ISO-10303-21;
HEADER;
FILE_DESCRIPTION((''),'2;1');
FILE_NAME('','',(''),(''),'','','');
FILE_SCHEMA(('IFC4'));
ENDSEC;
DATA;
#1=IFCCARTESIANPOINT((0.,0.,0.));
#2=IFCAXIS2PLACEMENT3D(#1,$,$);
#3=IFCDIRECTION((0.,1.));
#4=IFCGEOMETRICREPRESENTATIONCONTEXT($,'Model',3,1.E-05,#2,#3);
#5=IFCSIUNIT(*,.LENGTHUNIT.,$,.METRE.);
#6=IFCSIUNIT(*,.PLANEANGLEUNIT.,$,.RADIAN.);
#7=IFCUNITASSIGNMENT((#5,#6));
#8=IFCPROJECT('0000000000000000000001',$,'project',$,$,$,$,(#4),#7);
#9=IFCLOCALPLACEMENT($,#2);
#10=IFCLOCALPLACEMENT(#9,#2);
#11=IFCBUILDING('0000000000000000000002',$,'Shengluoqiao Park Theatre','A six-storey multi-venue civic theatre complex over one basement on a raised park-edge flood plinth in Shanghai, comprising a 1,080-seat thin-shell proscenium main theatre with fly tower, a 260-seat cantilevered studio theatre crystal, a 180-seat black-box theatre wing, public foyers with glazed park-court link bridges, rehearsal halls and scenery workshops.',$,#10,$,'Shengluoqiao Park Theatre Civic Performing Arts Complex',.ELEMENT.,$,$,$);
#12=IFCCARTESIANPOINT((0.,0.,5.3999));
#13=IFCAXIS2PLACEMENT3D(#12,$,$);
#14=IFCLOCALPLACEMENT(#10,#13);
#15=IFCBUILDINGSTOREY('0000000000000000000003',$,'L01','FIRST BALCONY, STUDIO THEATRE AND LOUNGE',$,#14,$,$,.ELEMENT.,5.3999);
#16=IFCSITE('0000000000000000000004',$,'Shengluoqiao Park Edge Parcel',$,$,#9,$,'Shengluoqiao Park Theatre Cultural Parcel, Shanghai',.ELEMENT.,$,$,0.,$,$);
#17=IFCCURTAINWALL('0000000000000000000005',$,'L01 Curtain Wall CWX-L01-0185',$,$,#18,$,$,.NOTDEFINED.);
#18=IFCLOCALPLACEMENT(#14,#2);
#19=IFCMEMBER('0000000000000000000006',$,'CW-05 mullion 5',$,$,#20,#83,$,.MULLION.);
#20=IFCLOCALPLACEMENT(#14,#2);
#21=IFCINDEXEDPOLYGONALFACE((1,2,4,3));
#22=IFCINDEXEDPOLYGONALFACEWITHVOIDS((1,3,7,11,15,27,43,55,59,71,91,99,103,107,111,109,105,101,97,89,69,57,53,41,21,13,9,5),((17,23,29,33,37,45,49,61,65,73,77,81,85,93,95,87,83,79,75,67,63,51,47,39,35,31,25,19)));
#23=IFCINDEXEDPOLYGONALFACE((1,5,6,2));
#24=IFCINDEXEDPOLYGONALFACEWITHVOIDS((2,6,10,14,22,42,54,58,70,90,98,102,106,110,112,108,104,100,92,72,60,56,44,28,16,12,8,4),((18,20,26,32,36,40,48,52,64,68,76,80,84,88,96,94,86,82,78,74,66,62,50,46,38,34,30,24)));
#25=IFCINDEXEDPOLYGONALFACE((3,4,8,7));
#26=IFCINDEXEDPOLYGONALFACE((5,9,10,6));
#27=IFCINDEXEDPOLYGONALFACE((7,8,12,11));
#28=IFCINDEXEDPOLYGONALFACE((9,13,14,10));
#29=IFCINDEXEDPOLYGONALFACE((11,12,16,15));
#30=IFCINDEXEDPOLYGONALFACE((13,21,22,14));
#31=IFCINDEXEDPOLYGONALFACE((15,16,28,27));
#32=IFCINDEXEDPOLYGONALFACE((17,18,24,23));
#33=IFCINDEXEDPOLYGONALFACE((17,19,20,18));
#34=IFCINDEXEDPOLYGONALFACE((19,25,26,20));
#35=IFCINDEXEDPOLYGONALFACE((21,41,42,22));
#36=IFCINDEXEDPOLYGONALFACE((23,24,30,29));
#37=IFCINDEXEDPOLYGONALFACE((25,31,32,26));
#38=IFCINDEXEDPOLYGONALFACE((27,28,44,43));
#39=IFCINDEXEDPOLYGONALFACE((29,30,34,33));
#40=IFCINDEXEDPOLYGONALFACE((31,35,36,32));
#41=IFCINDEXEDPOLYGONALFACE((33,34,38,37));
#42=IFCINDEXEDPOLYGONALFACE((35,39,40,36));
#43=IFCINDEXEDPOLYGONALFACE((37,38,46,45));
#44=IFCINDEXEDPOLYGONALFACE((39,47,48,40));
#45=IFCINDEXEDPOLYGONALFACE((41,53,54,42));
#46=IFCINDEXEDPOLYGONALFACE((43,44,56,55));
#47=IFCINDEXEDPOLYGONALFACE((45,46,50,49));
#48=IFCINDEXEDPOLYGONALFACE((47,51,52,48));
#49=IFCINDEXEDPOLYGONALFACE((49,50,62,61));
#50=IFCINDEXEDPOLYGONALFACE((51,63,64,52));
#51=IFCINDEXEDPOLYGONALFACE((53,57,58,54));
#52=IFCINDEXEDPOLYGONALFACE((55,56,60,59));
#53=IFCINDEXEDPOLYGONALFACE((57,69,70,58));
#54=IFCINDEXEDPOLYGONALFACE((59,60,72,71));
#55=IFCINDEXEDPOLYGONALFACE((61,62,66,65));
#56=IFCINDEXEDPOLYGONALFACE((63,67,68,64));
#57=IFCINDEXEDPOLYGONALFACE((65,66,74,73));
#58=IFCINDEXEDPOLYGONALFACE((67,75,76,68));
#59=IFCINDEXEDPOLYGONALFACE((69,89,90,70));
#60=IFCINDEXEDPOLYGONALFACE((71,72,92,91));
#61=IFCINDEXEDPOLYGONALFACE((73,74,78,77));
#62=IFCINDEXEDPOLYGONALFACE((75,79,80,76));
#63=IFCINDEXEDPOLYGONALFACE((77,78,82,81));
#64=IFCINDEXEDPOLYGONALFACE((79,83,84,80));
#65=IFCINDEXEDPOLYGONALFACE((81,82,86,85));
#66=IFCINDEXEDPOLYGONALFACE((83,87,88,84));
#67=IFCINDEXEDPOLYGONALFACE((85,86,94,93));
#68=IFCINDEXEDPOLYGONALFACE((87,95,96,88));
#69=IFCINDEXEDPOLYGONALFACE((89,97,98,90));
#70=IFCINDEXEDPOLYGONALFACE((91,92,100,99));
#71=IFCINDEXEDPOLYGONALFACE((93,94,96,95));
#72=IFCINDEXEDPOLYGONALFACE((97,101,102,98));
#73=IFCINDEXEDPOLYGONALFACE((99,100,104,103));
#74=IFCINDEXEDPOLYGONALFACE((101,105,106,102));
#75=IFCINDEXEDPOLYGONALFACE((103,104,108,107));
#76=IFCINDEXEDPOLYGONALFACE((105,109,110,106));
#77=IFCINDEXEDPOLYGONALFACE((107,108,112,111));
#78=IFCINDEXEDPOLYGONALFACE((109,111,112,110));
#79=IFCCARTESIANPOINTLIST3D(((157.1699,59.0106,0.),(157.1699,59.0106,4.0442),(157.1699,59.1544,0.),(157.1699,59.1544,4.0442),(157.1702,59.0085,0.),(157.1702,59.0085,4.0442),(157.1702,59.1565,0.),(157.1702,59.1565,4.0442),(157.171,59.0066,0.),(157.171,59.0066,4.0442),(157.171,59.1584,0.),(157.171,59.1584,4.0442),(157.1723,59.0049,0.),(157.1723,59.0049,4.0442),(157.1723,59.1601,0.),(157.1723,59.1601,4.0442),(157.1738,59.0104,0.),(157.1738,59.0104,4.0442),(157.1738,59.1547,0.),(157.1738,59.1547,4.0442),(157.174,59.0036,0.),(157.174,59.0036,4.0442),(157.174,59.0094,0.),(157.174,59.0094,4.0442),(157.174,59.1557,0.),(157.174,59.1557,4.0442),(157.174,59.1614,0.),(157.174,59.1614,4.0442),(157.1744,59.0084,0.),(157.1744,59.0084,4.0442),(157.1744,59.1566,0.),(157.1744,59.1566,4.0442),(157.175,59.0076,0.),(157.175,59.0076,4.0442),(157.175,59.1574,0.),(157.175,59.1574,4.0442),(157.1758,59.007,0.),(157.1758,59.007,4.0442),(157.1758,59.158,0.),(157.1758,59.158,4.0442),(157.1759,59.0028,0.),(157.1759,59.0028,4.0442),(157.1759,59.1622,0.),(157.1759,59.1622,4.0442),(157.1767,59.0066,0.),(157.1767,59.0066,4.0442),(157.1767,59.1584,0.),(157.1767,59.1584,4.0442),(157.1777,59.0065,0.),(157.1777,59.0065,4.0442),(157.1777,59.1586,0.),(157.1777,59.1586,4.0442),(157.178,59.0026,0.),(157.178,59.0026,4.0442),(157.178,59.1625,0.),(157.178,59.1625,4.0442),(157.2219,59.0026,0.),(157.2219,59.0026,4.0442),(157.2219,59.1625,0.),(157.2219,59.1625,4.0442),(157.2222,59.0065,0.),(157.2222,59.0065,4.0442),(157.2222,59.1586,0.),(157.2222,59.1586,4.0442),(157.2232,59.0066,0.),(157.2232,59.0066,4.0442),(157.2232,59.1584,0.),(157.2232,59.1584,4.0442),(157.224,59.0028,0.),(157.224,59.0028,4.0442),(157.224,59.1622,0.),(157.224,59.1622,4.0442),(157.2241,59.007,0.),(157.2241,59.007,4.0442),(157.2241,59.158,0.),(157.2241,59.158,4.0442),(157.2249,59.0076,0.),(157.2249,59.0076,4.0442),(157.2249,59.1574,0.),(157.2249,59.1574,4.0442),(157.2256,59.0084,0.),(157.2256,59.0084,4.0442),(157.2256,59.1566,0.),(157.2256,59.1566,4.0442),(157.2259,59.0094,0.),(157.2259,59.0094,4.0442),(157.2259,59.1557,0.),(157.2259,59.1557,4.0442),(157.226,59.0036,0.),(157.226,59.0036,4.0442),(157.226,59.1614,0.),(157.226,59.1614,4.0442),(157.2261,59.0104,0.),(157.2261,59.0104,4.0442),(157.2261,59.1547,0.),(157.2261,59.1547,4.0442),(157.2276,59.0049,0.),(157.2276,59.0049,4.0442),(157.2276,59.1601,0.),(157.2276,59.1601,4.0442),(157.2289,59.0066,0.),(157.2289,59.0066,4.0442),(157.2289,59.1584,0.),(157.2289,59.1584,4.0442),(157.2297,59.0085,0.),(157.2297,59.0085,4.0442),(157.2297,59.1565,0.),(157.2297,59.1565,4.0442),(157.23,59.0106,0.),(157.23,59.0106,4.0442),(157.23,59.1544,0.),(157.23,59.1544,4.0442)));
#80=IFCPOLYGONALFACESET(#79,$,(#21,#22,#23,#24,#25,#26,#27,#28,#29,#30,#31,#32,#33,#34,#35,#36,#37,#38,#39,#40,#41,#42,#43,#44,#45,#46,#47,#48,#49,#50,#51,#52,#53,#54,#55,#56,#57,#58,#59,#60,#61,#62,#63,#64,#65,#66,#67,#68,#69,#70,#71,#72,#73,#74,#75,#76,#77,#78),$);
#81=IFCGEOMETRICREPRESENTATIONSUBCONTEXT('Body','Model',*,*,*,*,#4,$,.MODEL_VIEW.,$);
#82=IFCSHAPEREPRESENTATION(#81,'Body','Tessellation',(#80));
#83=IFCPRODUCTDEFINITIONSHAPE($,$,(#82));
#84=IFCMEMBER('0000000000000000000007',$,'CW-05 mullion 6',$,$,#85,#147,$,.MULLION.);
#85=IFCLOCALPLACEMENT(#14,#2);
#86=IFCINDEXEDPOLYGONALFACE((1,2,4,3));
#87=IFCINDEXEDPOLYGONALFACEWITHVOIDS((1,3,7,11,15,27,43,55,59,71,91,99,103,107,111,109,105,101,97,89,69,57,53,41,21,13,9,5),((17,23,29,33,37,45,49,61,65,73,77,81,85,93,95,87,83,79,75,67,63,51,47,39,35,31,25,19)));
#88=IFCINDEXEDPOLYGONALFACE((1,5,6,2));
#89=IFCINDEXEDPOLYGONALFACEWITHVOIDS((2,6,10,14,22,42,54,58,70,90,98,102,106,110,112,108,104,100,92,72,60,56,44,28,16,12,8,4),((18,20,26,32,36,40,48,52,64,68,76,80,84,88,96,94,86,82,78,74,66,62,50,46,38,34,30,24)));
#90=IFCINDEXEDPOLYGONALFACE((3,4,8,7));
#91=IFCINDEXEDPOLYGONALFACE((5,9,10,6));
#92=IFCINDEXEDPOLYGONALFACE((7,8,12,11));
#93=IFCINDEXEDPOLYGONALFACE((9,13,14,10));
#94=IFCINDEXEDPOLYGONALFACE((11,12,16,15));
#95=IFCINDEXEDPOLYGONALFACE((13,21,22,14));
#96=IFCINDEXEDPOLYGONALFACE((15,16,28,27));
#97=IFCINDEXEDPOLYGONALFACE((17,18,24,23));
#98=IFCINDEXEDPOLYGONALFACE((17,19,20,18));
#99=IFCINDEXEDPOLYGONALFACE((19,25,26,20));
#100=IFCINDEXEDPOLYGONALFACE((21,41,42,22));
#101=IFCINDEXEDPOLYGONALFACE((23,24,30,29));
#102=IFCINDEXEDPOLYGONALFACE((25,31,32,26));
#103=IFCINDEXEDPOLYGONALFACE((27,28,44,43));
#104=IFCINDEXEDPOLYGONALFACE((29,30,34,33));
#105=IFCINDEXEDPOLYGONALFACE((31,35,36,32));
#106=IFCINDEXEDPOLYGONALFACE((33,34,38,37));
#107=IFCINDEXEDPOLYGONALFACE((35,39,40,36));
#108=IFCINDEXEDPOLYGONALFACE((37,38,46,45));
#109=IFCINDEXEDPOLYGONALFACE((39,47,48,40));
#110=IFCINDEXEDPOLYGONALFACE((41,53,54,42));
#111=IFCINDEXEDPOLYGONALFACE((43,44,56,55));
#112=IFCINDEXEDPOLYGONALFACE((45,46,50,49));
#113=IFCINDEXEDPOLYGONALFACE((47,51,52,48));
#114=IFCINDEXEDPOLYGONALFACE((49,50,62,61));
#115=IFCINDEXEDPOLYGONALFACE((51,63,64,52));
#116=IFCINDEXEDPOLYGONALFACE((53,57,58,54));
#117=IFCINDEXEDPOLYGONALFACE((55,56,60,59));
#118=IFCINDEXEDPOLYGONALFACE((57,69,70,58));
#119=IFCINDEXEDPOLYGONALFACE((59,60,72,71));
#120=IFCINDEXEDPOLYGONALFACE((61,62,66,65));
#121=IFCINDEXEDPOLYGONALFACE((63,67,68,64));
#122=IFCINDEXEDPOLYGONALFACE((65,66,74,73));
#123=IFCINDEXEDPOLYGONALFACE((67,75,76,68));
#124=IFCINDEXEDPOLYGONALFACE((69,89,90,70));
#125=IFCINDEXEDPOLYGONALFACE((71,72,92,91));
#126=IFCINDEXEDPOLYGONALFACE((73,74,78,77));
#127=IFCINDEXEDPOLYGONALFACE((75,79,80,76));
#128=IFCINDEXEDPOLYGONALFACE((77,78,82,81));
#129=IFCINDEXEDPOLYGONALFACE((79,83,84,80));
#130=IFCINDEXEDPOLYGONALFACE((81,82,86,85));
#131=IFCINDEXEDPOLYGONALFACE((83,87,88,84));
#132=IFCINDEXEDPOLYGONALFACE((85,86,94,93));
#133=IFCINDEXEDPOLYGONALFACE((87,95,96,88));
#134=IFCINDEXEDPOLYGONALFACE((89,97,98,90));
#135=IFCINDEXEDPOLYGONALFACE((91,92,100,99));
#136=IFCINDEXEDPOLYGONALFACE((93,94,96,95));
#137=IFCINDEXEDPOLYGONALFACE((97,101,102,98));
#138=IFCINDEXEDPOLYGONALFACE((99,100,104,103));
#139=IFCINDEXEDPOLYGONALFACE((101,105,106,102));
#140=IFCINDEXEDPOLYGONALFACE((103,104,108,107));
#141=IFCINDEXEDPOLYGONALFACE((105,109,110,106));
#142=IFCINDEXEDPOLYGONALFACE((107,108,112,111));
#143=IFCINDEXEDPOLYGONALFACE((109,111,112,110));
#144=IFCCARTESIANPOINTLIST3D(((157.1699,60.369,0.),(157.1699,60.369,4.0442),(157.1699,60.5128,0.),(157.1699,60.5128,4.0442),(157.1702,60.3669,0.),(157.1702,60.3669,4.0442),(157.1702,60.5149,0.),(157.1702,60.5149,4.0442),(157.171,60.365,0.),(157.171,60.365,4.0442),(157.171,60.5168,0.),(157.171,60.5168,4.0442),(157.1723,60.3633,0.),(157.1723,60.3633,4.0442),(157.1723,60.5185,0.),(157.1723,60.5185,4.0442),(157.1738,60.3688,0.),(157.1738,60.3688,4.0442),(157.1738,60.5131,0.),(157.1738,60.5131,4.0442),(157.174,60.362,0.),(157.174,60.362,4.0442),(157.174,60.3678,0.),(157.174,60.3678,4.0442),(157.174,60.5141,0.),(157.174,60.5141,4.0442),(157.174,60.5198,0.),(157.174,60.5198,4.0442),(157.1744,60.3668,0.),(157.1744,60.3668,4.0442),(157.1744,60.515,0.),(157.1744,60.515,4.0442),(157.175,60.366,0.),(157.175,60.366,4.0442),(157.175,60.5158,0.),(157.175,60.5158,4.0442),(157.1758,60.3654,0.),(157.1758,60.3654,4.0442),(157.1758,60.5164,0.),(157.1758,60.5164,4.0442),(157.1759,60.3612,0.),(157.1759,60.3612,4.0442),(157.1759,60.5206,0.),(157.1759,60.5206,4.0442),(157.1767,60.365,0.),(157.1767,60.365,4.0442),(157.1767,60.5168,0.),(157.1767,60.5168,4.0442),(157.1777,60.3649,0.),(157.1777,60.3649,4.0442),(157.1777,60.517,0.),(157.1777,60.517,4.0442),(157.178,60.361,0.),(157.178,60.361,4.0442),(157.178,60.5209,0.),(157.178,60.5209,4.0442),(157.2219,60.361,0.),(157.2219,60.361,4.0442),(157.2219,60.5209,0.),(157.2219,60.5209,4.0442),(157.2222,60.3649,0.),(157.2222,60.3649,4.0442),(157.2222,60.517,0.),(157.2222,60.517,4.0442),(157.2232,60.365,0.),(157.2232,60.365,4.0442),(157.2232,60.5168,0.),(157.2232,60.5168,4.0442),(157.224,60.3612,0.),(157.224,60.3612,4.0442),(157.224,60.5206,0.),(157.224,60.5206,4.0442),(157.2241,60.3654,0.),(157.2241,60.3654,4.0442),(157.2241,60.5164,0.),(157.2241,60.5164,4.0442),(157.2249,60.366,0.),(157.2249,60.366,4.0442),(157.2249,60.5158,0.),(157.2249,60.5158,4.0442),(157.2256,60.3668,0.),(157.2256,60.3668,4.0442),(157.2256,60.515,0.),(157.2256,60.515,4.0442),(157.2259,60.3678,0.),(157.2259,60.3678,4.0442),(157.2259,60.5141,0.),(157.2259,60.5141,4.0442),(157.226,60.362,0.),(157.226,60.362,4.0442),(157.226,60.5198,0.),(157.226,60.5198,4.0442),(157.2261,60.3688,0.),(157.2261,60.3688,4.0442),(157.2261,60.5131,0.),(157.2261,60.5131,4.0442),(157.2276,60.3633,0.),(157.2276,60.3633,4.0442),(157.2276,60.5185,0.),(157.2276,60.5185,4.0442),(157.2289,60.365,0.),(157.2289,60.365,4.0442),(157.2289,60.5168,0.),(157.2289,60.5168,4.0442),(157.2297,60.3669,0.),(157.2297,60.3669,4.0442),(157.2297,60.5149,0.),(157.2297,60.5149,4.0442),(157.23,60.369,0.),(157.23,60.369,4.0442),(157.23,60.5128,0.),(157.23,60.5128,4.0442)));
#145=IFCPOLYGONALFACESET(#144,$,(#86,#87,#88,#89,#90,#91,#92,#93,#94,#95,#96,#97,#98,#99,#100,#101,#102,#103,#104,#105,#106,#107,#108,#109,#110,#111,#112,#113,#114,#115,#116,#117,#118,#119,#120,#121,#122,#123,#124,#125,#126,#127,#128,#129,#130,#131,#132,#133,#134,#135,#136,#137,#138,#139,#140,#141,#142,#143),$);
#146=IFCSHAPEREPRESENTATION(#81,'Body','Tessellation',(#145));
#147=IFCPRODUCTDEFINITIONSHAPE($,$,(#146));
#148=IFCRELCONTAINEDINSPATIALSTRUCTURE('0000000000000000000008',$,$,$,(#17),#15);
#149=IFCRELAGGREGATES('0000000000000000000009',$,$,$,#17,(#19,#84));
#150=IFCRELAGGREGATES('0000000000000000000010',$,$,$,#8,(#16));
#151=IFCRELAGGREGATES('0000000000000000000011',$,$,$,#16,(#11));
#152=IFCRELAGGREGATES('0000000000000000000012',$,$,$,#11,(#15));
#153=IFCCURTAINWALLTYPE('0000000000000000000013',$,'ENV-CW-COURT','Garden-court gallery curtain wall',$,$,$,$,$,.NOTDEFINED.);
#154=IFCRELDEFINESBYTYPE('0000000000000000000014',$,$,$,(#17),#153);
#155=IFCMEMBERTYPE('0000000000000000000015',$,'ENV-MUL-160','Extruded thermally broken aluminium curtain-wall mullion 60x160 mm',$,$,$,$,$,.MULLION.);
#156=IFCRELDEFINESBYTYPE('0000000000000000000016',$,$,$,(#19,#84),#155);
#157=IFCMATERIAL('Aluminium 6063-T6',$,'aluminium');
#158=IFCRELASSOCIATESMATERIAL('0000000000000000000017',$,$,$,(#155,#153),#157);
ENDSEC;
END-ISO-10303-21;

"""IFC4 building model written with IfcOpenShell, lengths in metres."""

from ifc_helpers import new_model, si_unit, direction, frame, origin, origin_2d, place, context, subcontext, project, spatial, hollow_rectangle, extrude, material, material_profile, profile_set, type_object, element, aggregate, save


model = new_model("IFC4")

# Units and contexts
model_context = context("Model", 3, precision=1e-05, world=origin(), true_north=direction((0.0, 1.0)))
body_context = subcontext(model_context, "Body", "Model", "MODEL_VIEW")
ifc_project = project(units=[si_unit("LENGTHUNIT", "METRE"), si_unit("PLANEANGLEUNIT", "RADIAN")], contexts=[model_context])

# Site, building, storey
site_placement = place(None, origin())
site = spatial("IfcSite", under=ifc_project, at=site_placement, Name="Shengluoqiao Park Edge Parcel", LongName="Shengluoqiao Park Theatre Cultural Parcel, Shanghai", CompositionType="ELEMENT", RefElevation=0.0)
building_placement = place(site_placement, origin())
building = spatial("IfcBuilding", under=site, at=building_placement, Name="Shengluoqiao Park Theatre", Description="A six-storey multi-venue civic theatre complex over one basement on a raised park-edge flood plinth in Shanghai, comprising a 1,080-seat thin-shell proscenium main theatre with fly tower, a 260-seat cantilevered studio theatre crystal, a 180-seat black-box theatre wing, public foyers with glazed park-court link bridges, rehearsal halls and scenery workshops.", LongName="Shengluoqiao Park Theatre Civic Performing Arts Complex", CompositionType="ELEMENT")
storey_placement = place(building_placement, frame((0.0, 0.0, 5.3999)))
storey = spatial("IfcBuildingStorey", under=building, at=storey_placement, Name="L01", Description="FIRST BALCONY, STUDIO THEATRE AND LOUNGE", CompositionType="ELEMENT", Elevation=5.3999)

# Shared definitions
ifc_material_1 = material(Name="Aluminium 6063-T6", Category="aluminium")
ifc_material_profile_1 = material_profile(ifc_material_1, hollow_rectangle(XDim=0.0601, YDim=0.1599, WallThickness=0.0039, InnerFilletRadius=0.0039, OuterFilletRadius=0.0081, at=origin_2d()), Name="ALU MULLION 160x60x4")
ifc_profile_set_1 = profile_set([ifc_material_profile_1], Name="Aluminium 6063-T6")
member_type_1 = type_object("IfcMemberType", Name="ENV-MUL-160", Description="Extruded thermally broken aluminium curtain-wall mullion 60x160 mm", PredefinedType="MULLION", material=ifc_profile_set_1)

# Curtain wall, members
curtain_wall_type_1 = type_object("IfcCurtainWallType", Name="ENV-CW-COURT", Description="Garden-court gallery curtain wall", PredefinedType="NOTDEFINED", material=ifc_material_1)
curtain_wall_1_placement = place(storey_placement, origin())
curtain_wall_1 = element("IfcCurtainWall", 1, at=curtain_wall_1_placement, inside=storey, type_object=curtain_wall_type_1, Name="L01 Curtain Wall CWX-L01-0185", PredefinedType="NOTDEFINED")
member_1_placement = place(storey_placement, frame((157.2, 59.0825, 0.0), z_axis=(0.0, 0.0, 1.0), x_axis=(-1.0, 0.0, 0.0)))
member_1 = element("IfcMember", 2, at=member_1_placement, type_object=member_type_1, Name="CW-05 mullion 5", PredefinedType="MULLION", context=body_context, shape_type="SweptSolid", body=[
    extrude(hollow_rectangle(XDim=0.0601, YDim=0.1599, WallThickness=0.0039, InnerFilletRadius=0.0039, OuterFilletRadius=0.0081, at=origin_2d()), origin(), (0.0, 0.0, 1.0), 4.0442),
])
member_2_placement = place(storey_placement, frame((157.2, 60.4409, 0.0), z_axis=(0.0, 0.0, 1.0), x_axis=(-1.0, 0.0, 0.0)))
member_2 = element("IfcMember", 3, at=member_2_placement, type_object=member_type_1, Name="CW-05 mullion 6", PredefinedType="MULLION", context=body_context, shape_type="SweptSolid", body=[
    extrude(hollow_rectangle(XDim=0.0601, YDim=0.1599, WallThickness=0.0039, InnerFilletRadius=0.0039, OuterFilletRadius=0.0081, at=origin_2d()), origin(), (0.0, 0.0, 1.0), 4.0442),
])

aggregate(curtain_wall_1, [member_1, member_2])

save(model, "model.ifc")
